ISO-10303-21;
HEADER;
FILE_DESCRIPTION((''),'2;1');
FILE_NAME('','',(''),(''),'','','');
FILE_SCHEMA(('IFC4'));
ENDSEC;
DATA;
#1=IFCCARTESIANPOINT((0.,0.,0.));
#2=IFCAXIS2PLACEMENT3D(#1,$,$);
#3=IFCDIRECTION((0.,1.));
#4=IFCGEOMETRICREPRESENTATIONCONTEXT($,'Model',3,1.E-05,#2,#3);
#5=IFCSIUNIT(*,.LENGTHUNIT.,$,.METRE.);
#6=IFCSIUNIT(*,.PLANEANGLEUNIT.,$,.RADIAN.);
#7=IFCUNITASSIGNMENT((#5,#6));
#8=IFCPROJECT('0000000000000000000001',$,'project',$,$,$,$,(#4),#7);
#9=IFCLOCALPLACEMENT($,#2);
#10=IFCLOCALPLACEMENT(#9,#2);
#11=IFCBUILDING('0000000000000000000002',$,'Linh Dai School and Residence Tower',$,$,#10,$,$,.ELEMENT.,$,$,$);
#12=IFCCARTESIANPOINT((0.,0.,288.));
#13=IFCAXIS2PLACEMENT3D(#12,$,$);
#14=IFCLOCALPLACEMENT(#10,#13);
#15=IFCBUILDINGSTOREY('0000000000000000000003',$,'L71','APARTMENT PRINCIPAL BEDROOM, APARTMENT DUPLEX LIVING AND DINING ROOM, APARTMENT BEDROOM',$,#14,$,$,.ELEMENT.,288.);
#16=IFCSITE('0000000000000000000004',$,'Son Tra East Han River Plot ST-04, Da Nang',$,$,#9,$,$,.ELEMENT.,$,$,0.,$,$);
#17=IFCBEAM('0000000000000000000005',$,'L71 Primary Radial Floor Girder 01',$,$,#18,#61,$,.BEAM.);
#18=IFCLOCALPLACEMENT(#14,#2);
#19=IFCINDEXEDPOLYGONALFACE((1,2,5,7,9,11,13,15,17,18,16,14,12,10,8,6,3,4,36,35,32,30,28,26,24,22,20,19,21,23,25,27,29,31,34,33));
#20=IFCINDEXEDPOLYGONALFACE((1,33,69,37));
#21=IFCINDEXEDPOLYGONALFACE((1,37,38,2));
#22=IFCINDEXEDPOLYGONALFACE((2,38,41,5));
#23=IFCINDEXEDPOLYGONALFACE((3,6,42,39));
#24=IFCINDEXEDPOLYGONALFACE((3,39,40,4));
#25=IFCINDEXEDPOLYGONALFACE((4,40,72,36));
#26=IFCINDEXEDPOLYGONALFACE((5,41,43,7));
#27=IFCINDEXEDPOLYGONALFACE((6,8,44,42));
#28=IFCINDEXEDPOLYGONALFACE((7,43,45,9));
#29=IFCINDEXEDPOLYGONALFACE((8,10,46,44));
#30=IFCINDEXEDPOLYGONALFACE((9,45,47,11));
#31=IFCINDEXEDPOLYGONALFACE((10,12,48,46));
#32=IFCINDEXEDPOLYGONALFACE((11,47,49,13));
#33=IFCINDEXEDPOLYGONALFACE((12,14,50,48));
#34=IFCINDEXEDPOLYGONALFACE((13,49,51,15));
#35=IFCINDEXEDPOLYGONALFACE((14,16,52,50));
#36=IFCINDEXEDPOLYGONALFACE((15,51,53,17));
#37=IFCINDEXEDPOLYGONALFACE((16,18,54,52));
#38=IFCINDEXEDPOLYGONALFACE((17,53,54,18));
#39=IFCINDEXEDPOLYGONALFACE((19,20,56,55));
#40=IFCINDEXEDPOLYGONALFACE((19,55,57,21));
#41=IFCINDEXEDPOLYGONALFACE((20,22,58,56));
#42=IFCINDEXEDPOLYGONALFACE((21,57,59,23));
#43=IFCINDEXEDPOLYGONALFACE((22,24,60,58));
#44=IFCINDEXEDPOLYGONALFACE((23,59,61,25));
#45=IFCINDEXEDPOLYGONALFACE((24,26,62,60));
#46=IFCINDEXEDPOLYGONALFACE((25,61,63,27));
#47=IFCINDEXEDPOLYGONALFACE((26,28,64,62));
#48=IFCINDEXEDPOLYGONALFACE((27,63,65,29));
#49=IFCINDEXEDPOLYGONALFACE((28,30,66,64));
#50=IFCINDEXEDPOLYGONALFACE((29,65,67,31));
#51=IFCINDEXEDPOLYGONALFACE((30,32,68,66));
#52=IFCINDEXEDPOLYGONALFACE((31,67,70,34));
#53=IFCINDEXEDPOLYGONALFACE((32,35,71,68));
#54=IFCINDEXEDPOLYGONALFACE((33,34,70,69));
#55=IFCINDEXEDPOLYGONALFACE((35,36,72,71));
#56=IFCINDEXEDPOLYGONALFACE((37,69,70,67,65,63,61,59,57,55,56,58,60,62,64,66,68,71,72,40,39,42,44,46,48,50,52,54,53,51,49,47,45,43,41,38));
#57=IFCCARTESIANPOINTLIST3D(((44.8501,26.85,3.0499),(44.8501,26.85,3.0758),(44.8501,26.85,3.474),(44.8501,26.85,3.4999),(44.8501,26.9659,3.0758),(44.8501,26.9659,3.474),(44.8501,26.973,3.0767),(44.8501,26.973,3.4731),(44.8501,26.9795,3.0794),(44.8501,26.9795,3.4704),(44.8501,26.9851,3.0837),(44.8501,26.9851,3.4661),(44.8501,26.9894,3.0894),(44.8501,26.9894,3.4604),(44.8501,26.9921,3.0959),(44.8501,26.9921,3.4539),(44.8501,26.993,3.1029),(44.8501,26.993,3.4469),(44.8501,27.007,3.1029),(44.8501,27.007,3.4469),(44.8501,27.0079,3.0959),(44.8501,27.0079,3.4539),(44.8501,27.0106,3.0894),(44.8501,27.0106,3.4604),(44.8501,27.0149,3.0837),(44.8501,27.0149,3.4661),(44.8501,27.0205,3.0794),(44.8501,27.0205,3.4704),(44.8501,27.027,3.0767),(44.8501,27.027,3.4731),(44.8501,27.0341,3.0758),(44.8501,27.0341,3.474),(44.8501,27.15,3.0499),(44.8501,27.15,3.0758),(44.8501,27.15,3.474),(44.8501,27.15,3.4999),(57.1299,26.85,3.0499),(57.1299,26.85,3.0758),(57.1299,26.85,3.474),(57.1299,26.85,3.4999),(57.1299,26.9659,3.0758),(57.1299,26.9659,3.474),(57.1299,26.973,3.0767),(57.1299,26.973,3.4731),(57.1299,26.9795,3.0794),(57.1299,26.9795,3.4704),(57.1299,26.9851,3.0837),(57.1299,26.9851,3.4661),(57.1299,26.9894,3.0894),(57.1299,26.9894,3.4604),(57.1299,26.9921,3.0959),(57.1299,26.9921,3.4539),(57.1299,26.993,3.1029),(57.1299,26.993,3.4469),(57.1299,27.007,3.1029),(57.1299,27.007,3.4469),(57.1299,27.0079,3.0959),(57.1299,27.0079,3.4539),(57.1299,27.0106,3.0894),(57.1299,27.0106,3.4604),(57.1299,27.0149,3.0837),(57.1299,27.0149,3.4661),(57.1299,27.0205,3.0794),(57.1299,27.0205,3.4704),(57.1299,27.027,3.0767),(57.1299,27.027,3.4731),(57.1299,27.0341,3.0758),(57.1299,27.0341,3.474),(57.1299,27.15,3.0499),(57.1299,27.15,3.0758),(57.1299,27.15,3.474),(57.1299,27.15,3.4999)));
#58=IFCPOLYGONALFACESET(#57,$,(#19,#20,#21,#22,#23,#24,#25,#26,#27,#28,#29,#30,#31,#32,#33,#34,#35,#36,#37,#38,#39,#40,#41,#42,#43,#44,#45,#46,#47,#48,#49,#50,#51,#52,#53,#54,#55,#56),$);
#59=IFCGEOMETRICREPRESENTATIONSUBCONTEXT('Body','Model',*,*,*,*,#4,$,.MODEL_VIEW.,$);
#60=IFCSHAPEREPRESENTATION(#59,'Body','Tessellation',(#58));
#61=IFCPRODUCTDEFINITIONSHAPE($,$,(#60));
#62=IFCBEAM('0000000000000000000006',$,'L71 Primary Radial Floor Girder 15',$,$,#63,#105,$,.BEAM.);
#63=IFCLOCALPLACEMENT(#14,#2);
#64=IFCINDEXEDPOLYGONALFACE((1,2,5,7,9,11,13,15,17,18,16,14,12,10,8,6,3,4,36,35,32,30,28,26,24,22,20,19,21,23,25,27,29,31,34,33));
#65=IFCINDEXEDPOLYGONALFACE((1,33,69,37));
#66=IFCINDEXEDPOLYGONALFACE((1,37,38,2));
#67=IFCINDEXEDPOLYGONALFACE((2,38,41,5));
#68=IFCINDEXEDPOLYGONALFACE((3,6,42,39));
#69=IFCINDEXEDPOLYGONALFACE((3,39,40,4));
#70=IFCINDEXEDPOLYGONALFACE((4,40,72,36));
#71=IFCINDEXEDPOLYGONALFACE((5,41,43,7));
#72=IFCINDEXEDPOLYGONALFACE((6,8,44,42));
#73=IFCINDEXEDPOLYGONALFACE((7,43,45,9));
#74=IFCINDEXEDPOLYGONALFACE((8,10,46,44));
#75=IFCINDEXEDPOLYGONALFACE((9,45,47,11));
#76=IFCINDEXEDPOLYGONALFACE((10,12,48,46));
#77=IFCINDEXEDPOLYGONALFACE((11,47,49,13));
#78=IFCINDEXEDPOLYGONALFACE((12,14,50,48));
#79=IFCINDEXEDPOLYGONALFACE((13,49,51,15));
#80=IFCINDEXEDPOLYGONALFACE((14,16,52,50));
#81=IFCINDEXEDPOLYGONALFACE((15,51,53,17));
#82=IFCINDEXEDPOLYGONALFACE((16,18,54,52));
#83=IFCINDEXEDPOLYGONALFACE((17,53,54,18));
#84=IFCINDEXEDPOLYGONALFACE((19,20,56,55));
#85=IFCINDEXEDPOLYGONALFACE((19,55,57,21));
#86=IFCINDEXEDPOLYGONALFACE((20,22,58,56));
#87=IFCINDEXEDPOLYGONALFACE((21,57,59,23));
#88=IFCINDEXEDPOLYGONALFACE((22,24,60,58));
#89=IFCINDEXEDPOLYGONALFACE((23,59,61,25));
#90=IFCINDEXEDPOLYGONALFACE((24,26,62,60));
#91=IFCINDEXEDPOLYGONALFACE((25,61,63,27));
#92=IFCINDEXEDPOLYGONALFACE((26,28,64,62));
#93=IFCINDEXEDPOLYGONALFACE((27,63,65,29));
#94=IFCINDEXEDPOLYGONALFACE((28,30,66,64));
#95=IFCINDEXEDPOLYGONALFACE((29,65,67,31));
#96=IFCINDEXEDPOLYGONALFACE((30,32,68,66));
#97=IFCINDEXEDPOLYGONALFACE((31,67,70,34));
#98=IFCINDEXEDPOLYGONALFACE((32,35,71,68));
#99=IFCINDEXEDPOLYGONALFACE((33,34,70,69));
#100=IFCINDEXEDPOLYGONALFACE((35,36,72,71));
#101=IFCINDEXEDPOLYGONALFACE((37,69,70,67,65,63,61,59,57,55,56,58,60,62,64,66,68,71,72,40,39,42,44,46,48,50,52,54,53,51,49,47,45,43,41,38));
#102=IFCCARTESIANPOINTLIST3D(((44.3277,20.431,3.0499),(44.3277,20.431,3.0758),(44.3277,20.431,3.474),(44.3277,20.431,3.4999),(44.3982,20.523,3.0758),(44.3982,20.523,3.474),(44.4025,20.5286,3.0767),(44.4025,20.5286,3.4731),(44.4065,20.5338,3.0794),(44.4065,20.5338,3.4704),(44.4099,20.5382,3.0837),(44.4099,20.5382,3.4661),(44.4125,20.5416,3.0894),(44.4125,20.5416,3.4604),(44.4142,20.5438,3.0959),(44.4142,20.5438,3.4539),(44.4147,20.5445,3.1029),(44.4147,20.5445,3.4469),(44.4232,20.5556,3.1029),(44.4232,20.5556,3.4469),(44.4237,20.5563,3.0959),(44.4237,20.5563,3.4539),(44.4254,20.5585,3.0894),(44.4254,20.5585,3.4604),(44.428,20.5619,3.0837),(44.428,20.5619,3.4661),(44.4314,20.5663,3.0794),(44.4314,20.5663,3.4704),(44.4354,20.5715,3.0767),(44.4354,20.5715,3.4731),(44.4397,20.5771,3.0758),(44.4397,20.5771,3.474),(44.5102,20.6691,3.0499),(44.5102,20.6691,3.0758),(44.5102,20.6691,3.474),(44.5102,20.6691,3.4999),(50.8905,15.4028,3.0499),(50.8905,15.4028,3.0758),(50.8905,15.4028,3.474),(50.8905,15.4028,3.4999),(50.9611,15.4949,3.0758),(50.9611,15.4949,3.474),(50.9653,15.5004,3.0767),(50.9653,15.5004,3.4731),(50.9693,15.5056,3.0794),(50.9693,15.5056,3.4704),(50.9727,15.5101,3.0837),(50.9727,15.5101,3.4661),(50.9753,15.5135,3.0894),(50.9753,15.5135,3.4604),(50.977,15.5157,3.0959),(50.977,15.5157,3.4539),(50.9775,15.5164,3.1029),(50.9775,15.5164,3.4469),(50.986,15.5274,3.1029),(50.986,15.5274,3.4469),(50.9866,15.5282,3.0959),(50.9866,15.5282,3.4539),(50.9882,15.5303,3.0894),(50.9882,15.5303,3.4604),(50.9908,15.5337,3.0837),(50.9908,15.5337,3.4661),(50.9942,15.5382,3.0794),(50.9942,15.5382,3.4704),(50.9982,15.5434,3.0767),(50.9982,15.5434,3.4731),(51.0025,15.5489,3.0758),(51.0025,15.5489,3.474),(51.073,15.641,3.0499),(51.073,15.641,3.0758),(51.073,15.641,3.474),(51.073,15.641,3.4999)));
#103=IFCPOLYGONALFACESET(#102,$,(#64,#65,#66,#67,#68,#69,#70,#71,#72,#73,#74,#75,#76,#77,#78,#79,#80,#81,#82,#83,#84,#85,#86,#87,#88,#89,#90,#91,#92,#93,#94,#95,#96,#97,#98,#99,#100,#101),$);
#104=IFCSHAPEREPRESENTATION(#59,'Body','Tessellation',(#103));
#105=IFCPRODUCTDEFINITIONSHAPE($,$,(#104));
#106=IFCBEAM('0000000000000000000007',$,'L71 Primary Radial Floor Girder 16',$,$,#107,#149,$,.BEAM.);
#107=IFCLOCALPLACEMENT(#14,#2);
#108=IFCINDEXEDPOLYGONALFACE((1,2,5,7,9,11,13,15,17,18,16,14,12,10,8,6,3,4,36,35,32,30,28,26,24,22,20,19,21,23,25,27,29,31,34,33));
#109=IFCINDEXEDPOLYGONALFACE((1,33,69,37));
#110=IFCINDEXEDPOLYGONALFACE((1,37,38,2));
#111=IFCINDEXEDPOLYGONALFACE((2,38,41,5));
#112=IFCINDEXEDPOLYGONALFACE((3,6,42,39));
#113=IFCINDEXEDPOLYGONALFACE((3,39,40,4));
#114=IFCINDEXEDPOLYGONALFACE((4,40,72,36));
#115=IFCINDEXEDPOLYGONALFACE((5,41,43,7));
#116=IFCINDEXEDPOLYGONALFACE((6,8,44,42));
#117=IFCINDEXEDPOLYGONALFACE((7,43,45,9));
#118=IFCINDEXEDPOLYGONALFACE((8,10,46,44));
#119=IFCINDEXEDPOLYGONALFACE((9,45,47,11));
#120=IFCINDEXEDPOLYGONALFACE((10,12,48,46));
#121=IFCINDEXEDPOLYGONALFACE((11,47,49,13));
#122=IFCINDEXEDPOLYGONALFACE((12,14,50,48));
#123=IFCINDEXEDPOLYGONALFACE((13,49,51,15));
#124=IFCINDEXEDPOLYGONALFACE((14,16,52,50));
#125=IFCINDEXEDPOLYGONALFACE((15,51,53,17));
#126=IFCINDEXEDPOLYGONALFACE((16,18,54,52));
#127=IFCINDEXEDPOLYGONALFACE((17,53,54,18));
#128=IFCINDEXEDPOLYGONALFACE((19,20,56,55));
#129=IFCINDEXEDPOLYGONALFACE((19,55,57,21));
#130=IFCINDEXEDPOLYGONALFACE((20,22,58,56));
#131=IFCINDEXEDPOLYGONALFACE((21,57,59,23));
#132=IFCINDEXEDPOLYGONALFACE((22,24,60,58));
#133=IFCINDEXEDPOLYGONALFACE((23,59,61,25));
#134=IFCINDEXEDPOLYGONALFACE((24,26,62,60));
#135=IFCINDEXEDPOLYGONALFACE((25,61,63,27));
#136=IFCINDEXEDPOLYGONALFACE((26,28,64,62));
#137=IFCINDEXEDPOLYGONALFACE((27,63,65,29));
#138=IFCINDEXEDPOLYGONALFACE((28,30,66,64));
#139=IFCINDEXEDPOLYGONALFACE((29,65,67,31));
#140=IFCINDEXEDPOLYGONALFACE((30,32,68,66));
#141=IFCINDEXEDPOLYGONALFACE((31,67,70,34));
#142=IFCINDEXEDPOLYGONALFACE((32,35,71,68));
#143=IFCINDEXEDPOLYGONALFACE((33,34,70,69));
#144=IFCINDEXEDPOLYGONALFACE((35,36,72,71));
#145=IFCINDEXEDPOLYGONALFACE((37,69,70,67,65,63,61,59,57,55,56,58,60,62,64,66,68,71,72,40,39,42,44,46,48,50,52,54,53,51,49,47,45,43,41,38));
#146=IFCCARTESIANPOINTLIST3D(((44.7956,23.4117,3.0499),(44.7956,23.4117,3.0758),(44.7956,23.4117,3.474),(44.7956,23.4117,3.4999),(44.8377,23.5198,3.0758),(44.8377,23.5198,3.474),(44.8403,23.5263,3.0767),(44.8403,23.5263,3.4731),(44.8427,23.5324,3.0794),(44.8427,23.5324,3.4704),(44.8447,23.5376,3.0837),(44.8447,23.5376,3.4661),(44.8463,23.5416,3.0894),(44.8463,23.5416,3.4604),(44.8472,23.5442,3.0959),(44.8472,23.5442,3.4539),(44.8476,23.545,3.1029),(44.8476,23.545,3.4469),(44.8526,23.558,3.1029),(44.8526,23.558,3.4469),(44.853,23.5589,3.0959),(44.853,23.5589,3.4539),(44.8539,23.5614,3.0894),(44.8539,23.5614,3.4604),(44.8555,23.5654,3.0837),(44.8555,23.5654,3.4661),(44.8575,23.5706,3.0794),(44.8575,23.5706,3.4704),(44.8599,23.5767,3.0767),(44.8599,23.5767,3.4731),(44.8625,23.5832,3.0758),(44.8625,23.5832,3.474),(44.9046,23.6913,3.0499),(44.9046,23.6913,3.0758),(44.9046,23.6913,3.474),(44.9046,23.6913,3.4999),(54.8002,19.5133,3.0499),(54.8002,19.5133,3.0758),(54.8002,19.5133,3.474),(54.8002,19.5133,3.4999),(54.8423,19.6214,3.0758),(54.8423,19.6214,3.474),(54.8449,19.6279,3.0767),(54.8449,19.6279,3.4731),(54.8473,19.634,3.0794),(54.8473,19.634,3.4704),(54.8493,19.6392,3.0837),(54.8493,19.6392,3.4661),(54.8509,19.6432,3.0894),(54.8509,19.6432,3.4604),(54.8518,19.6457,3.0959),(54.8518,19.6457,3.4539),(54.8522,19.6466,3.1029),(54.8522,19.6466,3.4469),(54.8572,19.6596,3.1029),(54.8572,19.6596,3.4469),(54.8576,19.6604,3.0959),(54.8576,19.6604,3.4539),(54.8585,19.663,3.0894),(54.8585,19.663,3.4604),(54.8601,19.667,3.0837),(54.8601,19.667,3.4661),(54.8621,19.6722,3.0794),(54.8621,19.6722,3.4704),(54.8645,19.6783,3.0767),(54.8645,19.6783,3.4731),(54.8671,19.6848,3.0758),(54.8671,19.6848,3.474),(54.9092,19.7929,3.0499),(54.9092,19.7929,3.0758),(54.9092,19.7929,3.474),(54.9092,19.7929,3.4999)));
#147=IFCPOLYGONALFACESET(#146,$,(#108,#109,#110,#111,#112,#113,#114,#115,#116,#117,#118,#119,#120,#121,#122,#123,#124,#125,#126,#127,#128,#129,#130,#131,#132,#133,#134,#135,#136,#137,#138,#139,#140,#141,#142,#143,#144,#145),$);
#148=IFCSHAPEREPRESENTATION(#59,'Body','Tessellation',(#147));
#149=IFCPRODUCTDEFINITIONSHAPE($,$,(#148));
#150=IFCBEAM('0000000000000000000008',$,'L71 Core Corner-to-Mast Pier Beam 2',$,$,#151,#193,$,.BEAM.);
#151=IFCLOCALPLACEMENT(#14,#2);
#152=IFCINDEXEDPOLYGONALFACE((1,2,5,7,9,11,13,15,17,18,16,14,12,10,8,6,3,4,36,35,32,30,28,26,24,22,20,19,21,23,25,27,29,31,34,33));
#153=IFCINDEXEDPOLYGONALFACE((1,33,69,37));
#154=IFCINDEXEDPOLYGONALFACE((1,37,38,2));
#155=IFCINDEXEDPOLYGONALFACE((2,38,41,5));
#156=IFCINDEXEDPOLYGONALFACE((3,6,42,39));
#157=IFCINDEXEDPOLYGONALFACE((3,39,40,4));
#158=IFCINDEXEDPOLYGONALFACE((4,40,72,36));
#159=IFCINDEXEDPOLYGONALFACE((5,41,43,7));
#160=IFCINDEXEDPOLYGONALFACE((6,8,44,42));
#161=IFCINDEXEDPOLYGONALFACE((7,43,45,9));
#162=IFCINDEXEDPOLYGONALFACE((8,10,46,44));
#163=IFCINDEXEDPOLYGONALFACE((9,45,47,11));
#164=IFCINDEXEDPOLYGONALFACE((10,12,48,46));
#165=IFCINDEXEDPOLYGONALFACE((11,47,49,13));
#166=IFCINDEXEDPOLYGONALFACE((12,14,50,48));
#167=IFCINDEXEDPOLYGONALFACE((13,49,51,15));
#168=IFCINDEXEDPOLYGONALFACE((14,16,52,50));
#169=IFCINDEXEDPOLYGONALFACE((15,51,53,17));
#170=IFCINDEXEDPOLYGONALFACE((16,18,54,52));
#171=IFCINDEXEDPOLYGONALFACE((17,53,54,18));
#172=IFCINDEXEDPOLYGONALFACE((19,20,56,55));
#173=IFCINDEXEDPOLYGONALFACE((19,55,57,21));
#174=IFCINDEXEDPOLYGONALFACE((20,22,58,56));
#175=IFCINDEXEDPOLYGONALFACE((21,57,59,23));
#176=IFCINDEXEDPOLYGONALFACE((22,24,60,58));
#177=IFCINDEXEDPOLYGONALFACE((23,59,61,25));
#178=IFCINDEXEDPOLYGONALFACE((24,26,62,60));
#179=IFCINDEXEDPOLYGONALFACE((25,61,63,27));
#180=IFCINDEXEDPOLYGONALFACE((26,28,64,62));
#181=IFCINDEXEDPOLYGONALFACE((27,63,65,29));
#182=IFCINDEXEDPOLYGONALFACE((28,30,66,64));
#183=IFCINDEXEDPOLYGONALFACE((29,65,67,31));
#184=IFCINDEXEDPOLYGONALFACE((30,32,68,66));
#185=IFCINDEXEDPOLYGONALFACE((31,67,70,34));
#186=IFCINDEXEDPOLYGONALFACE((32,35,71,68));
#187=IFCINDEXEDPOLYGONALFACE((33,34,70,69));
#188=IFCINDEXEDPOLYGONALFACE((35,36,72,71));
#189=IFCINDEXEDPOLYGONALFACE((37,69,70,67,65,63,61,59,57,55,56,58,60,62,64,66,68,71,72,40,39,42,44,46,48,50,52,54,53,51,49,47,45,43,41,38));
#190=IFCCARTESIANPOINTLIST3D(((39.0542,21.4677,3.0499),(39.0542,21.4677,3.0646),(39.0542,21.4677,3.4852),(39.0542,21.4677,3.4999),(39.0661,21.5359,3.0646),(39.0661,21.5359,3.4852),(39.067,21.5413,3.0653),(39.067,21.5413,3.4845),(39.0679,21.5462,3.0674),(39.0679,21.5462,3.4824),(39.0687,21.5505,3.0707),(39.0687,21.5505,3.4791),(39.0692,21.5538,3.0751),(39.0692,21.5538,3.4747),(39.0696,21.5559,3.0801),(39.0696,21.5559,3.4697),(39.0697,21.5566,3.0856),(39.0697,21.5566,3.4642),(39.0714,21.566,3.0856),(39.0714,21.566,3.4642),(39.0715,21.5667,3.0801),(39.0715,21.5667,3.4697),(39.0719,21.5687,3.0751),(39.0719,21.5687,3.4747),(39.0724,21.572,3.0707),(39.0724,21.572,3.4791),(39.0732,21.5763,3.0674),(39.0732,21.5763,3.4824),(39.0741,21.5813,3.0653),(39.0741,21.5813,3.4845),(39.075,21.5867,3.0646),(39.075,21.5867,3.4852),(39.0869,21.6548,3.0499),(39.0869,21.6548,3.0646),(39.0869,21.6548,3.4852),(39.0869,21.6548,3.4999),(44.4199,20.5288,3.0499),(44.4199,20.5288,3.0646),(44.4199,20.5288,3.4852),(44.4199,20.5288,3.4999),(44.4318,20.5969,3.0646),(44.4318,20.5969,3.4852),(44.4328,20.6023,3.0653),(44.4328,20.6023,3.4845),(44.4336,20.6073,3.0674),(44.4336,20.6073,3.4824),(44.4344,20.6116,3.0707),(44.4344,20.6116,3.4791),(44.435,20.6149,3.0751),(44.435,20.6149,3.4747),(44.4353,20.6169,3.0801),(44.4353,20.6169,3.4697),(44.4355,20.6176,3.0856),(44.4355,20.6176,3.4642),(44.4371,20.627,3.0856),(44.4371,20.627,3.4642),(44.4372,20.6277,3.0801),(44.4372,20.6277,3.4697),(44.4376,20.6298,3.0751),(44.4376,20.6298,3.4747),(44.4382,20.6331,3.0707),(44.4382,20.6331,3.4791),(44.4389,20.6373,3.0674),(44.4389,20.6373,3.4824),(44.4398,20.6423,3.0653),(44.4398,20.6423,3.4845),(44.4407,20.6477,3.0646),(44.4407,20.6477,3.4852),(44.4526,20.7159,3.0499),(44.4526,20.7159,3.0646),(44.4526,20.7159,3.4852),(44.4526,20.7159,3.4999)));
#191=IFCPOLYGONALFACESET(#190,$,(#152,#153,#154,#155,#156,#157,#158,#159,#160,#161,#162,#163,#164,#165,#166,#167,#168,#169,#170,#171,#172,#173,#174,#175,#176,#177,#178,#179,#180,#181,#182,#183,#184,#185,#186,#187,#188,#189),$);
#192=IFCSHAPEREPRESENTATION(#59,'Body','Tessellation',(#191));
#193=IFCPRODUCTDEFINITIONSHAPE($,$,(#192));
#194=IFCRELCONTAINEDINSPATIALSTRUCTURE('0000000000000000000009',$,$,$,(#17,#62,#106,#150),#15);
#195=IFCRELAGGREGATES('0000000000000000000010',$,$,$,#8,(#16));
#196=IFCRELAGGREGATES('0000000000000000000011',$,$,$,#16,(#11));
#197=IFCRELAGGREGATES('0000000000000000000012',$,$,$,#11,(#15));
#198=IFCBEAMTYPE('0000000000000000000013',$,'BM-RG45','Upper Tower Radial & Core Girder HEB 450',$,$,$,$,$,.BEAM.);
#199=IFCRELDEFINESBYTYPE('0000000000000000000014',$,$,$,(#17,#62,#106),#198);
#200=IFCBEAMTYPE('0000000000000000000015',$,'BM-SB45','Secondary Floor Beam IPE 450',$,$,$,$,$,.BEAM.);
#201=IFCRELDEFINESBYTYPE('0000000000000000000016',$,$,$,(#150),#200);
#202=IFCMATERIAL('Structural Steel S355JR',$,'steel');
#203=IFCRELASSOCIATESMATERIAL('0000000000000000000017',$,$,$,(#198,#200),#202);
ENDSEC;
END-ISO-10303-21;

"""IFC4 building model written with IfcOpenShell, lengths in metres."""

from ifc_helpers import new_model, si_unit, direction, frame, origin, origin_2d, place, context, subcontext, project, spatial, i_section, extrude, material, material_profile, profile_set, type_object, element, save


model = new_model("IFC4")

# Units and contexts
model_context = context("Model", 3, precision=1e-05, world=origin(), true_north=direction((0.0, 1.0)))
body_context = subcontext(model_context, "Body", "Model", "MODEL_VIEW")
ifc_project = project(units=[si_unit("LENGTHUNIT", "METRE"), si_unit("PLANEANGLEUNIT", "RADIAN")], contexts=[model_context])

# Site, building, storey
site_placement = place(None, origin())
site = spatial("IfcSite", under=ifc_project, at=site_placement, Name="Son Tra East Han River Plot ST-04, Da Nang", CompositionType="ELEMENT", RefElevation=0.0)
building_placement = place(site_placement, origin())
building = spatial("IfcBuilding", under=site, at=building_placement, Name="Linh Dai School and Residence Tower", CompositionType="ELEMENT")
storey_placement = place(building_placement, frame((0.0, 0.0, 288.0)))
storey = spatial("IfcBuildingStorey", under=building, at=storey_placement, Name="L71", Description="APARTMENT PRINCIPAL BEDROOM, APARTMENT DUPLEX LIVING AND DINING ROOM, APARTMENT BEDROOM", CompositionType="ELEMENT", Elevation=288.0)

# Shared definitions
ifc_material_1 = material(Name="Structural Steel S355JR", Category="steel")

# Beams
ifc_material_profile_1 = material_profile(ifc_material_1, i_section(OverallWidth=0.3, OverallDepth=0.45, WebThickness=0.0139, FlangeThickness=0.0259, FilletRadius=0.0271, at=origin_2d()), Name="HEB 450")
ifc_profile_set_1 = profile_set([ifc_material_profile_1], Name="Structural Steel S355JR")
beam_type_1 = type_object("IfcBeamType", Name="BM-RG45", Description="Upper Tower Radial & Core Girder HEB 450", PredefinedType="BEAM", material=ifc_profile_set_1)
beam_1_placement = place(storey_placement, frame((44.8501, 27.0, 3.2749), z_axis=(1.0, 0.0, 0.0), x_axis=(0.0, 1.0, 0.0)))
element("IfcBeam", 1, at=beam_1_placement, inside=storey, type_object=beam_type_1, Name="L71 Primary Radial Floor Girder 01", PredefinedType="BEAM", context=body_context, shape_type="SweptSolid", body=[
    extrude(i_section(OverallWidth=0.3, OverallDepth=0.45, WebThickness=0.0139, FlangeThickness=0.0259, FilletRadius=0.0271, at=origin_2d()), origin(), (0.0, 0.0, 1.0), 12.2798),
])
beam_2_placement = place(storey_placement, frame((44.4189, 20.55, 3.2749), z_axis=(0.793803, -0.608175, 0.0), x_axis=(0.608175, 0.793803, 0.0)))
element("IfcBeam", 2, at=beam_2_placement, inside=storey, type_object=beam_type_1, Name="L71 Primary Radial Floor Girder 15", PredefinedType="BEAM", context=body_context, shape_type="SweptSolid", body=[
    extrude(i_section(OverallWidth=0.3, OverallDepth=0.45, WebThickness=0.0139, FlangeThickness=0.0259, FilletRadius=0.0271, at=origin_2d()), origin(), (0.0, 0.0, 1.0), 8.2676),
])
beam_3_placement = place(storey_placement, frame((44.8501, 23.5515, 3.2749), z_axis=(0.931761, -0.363073, 0.0), x_axis=(0.363073, 0.931761, 0.0)))
element("IfcBeam", 3, at=beam_3_placement, inside=storey, type_object=beam_type_1, Name="L71 Primary Radial Floor Girder 16", PredefinedType="BEAM", context=body_context, shape_type="SweptSolid", body=[
    extrude(i_section(OverallWidth=0.3, OverallDepth=0.45, WebThickness=0.0139, FlangeThickness=0.0259, FilletRadius=0.0271, at=origin_2d()), origin(), (0.0, 0.0, 1.0), 10.7373),
])
ifc_material_profile_2 = material_profile(ifc_material_1, i_section(OverallWidth=0.1899, OverallDepth=0.45, WebThickness=0.0095, FlangeThickness=0.0146, FilletRadius=0.021, at=origin_2d()), Name="IPE 450")
ifc_profile_set_2 = profile_set([ifc_material_profile_2], Name="Structural Steel S355JR")
beam_type_2 = type_object("IfcBeamType", Name="BM-SB45", Description="Secondary Floor Beam IPE 450", PredefinedType="BEAM", material=ifc_profile_set_2)
beam_4_placement = place(storey_placement, frame((44.4363, 20.6223, 3.2749), z_axis=(-0.985032, 0.172374, 0.0), x_axis=(-0.172374, -0.985032, 0.0)))
element("IfcBeam", 4, at=beam_4_placement, inside=storey, type_object=beam_type_2, Name="L71 Core Corner-to-Mast Pier Beam 2", PredefinedType="BEAM", context=body_context, shape_type="SweptSolid", body=[
    extrude(i_section(OverallWidth=0.1899, OverallDepth=0.45, WebThickness=0.0095, FlangeThickness=0.0146, FilletRadius=0.021, at=origin_2d()), origin(), (0.0, 0.0, 1.0), 5.4473),
])

save(model, "model.ifc")
